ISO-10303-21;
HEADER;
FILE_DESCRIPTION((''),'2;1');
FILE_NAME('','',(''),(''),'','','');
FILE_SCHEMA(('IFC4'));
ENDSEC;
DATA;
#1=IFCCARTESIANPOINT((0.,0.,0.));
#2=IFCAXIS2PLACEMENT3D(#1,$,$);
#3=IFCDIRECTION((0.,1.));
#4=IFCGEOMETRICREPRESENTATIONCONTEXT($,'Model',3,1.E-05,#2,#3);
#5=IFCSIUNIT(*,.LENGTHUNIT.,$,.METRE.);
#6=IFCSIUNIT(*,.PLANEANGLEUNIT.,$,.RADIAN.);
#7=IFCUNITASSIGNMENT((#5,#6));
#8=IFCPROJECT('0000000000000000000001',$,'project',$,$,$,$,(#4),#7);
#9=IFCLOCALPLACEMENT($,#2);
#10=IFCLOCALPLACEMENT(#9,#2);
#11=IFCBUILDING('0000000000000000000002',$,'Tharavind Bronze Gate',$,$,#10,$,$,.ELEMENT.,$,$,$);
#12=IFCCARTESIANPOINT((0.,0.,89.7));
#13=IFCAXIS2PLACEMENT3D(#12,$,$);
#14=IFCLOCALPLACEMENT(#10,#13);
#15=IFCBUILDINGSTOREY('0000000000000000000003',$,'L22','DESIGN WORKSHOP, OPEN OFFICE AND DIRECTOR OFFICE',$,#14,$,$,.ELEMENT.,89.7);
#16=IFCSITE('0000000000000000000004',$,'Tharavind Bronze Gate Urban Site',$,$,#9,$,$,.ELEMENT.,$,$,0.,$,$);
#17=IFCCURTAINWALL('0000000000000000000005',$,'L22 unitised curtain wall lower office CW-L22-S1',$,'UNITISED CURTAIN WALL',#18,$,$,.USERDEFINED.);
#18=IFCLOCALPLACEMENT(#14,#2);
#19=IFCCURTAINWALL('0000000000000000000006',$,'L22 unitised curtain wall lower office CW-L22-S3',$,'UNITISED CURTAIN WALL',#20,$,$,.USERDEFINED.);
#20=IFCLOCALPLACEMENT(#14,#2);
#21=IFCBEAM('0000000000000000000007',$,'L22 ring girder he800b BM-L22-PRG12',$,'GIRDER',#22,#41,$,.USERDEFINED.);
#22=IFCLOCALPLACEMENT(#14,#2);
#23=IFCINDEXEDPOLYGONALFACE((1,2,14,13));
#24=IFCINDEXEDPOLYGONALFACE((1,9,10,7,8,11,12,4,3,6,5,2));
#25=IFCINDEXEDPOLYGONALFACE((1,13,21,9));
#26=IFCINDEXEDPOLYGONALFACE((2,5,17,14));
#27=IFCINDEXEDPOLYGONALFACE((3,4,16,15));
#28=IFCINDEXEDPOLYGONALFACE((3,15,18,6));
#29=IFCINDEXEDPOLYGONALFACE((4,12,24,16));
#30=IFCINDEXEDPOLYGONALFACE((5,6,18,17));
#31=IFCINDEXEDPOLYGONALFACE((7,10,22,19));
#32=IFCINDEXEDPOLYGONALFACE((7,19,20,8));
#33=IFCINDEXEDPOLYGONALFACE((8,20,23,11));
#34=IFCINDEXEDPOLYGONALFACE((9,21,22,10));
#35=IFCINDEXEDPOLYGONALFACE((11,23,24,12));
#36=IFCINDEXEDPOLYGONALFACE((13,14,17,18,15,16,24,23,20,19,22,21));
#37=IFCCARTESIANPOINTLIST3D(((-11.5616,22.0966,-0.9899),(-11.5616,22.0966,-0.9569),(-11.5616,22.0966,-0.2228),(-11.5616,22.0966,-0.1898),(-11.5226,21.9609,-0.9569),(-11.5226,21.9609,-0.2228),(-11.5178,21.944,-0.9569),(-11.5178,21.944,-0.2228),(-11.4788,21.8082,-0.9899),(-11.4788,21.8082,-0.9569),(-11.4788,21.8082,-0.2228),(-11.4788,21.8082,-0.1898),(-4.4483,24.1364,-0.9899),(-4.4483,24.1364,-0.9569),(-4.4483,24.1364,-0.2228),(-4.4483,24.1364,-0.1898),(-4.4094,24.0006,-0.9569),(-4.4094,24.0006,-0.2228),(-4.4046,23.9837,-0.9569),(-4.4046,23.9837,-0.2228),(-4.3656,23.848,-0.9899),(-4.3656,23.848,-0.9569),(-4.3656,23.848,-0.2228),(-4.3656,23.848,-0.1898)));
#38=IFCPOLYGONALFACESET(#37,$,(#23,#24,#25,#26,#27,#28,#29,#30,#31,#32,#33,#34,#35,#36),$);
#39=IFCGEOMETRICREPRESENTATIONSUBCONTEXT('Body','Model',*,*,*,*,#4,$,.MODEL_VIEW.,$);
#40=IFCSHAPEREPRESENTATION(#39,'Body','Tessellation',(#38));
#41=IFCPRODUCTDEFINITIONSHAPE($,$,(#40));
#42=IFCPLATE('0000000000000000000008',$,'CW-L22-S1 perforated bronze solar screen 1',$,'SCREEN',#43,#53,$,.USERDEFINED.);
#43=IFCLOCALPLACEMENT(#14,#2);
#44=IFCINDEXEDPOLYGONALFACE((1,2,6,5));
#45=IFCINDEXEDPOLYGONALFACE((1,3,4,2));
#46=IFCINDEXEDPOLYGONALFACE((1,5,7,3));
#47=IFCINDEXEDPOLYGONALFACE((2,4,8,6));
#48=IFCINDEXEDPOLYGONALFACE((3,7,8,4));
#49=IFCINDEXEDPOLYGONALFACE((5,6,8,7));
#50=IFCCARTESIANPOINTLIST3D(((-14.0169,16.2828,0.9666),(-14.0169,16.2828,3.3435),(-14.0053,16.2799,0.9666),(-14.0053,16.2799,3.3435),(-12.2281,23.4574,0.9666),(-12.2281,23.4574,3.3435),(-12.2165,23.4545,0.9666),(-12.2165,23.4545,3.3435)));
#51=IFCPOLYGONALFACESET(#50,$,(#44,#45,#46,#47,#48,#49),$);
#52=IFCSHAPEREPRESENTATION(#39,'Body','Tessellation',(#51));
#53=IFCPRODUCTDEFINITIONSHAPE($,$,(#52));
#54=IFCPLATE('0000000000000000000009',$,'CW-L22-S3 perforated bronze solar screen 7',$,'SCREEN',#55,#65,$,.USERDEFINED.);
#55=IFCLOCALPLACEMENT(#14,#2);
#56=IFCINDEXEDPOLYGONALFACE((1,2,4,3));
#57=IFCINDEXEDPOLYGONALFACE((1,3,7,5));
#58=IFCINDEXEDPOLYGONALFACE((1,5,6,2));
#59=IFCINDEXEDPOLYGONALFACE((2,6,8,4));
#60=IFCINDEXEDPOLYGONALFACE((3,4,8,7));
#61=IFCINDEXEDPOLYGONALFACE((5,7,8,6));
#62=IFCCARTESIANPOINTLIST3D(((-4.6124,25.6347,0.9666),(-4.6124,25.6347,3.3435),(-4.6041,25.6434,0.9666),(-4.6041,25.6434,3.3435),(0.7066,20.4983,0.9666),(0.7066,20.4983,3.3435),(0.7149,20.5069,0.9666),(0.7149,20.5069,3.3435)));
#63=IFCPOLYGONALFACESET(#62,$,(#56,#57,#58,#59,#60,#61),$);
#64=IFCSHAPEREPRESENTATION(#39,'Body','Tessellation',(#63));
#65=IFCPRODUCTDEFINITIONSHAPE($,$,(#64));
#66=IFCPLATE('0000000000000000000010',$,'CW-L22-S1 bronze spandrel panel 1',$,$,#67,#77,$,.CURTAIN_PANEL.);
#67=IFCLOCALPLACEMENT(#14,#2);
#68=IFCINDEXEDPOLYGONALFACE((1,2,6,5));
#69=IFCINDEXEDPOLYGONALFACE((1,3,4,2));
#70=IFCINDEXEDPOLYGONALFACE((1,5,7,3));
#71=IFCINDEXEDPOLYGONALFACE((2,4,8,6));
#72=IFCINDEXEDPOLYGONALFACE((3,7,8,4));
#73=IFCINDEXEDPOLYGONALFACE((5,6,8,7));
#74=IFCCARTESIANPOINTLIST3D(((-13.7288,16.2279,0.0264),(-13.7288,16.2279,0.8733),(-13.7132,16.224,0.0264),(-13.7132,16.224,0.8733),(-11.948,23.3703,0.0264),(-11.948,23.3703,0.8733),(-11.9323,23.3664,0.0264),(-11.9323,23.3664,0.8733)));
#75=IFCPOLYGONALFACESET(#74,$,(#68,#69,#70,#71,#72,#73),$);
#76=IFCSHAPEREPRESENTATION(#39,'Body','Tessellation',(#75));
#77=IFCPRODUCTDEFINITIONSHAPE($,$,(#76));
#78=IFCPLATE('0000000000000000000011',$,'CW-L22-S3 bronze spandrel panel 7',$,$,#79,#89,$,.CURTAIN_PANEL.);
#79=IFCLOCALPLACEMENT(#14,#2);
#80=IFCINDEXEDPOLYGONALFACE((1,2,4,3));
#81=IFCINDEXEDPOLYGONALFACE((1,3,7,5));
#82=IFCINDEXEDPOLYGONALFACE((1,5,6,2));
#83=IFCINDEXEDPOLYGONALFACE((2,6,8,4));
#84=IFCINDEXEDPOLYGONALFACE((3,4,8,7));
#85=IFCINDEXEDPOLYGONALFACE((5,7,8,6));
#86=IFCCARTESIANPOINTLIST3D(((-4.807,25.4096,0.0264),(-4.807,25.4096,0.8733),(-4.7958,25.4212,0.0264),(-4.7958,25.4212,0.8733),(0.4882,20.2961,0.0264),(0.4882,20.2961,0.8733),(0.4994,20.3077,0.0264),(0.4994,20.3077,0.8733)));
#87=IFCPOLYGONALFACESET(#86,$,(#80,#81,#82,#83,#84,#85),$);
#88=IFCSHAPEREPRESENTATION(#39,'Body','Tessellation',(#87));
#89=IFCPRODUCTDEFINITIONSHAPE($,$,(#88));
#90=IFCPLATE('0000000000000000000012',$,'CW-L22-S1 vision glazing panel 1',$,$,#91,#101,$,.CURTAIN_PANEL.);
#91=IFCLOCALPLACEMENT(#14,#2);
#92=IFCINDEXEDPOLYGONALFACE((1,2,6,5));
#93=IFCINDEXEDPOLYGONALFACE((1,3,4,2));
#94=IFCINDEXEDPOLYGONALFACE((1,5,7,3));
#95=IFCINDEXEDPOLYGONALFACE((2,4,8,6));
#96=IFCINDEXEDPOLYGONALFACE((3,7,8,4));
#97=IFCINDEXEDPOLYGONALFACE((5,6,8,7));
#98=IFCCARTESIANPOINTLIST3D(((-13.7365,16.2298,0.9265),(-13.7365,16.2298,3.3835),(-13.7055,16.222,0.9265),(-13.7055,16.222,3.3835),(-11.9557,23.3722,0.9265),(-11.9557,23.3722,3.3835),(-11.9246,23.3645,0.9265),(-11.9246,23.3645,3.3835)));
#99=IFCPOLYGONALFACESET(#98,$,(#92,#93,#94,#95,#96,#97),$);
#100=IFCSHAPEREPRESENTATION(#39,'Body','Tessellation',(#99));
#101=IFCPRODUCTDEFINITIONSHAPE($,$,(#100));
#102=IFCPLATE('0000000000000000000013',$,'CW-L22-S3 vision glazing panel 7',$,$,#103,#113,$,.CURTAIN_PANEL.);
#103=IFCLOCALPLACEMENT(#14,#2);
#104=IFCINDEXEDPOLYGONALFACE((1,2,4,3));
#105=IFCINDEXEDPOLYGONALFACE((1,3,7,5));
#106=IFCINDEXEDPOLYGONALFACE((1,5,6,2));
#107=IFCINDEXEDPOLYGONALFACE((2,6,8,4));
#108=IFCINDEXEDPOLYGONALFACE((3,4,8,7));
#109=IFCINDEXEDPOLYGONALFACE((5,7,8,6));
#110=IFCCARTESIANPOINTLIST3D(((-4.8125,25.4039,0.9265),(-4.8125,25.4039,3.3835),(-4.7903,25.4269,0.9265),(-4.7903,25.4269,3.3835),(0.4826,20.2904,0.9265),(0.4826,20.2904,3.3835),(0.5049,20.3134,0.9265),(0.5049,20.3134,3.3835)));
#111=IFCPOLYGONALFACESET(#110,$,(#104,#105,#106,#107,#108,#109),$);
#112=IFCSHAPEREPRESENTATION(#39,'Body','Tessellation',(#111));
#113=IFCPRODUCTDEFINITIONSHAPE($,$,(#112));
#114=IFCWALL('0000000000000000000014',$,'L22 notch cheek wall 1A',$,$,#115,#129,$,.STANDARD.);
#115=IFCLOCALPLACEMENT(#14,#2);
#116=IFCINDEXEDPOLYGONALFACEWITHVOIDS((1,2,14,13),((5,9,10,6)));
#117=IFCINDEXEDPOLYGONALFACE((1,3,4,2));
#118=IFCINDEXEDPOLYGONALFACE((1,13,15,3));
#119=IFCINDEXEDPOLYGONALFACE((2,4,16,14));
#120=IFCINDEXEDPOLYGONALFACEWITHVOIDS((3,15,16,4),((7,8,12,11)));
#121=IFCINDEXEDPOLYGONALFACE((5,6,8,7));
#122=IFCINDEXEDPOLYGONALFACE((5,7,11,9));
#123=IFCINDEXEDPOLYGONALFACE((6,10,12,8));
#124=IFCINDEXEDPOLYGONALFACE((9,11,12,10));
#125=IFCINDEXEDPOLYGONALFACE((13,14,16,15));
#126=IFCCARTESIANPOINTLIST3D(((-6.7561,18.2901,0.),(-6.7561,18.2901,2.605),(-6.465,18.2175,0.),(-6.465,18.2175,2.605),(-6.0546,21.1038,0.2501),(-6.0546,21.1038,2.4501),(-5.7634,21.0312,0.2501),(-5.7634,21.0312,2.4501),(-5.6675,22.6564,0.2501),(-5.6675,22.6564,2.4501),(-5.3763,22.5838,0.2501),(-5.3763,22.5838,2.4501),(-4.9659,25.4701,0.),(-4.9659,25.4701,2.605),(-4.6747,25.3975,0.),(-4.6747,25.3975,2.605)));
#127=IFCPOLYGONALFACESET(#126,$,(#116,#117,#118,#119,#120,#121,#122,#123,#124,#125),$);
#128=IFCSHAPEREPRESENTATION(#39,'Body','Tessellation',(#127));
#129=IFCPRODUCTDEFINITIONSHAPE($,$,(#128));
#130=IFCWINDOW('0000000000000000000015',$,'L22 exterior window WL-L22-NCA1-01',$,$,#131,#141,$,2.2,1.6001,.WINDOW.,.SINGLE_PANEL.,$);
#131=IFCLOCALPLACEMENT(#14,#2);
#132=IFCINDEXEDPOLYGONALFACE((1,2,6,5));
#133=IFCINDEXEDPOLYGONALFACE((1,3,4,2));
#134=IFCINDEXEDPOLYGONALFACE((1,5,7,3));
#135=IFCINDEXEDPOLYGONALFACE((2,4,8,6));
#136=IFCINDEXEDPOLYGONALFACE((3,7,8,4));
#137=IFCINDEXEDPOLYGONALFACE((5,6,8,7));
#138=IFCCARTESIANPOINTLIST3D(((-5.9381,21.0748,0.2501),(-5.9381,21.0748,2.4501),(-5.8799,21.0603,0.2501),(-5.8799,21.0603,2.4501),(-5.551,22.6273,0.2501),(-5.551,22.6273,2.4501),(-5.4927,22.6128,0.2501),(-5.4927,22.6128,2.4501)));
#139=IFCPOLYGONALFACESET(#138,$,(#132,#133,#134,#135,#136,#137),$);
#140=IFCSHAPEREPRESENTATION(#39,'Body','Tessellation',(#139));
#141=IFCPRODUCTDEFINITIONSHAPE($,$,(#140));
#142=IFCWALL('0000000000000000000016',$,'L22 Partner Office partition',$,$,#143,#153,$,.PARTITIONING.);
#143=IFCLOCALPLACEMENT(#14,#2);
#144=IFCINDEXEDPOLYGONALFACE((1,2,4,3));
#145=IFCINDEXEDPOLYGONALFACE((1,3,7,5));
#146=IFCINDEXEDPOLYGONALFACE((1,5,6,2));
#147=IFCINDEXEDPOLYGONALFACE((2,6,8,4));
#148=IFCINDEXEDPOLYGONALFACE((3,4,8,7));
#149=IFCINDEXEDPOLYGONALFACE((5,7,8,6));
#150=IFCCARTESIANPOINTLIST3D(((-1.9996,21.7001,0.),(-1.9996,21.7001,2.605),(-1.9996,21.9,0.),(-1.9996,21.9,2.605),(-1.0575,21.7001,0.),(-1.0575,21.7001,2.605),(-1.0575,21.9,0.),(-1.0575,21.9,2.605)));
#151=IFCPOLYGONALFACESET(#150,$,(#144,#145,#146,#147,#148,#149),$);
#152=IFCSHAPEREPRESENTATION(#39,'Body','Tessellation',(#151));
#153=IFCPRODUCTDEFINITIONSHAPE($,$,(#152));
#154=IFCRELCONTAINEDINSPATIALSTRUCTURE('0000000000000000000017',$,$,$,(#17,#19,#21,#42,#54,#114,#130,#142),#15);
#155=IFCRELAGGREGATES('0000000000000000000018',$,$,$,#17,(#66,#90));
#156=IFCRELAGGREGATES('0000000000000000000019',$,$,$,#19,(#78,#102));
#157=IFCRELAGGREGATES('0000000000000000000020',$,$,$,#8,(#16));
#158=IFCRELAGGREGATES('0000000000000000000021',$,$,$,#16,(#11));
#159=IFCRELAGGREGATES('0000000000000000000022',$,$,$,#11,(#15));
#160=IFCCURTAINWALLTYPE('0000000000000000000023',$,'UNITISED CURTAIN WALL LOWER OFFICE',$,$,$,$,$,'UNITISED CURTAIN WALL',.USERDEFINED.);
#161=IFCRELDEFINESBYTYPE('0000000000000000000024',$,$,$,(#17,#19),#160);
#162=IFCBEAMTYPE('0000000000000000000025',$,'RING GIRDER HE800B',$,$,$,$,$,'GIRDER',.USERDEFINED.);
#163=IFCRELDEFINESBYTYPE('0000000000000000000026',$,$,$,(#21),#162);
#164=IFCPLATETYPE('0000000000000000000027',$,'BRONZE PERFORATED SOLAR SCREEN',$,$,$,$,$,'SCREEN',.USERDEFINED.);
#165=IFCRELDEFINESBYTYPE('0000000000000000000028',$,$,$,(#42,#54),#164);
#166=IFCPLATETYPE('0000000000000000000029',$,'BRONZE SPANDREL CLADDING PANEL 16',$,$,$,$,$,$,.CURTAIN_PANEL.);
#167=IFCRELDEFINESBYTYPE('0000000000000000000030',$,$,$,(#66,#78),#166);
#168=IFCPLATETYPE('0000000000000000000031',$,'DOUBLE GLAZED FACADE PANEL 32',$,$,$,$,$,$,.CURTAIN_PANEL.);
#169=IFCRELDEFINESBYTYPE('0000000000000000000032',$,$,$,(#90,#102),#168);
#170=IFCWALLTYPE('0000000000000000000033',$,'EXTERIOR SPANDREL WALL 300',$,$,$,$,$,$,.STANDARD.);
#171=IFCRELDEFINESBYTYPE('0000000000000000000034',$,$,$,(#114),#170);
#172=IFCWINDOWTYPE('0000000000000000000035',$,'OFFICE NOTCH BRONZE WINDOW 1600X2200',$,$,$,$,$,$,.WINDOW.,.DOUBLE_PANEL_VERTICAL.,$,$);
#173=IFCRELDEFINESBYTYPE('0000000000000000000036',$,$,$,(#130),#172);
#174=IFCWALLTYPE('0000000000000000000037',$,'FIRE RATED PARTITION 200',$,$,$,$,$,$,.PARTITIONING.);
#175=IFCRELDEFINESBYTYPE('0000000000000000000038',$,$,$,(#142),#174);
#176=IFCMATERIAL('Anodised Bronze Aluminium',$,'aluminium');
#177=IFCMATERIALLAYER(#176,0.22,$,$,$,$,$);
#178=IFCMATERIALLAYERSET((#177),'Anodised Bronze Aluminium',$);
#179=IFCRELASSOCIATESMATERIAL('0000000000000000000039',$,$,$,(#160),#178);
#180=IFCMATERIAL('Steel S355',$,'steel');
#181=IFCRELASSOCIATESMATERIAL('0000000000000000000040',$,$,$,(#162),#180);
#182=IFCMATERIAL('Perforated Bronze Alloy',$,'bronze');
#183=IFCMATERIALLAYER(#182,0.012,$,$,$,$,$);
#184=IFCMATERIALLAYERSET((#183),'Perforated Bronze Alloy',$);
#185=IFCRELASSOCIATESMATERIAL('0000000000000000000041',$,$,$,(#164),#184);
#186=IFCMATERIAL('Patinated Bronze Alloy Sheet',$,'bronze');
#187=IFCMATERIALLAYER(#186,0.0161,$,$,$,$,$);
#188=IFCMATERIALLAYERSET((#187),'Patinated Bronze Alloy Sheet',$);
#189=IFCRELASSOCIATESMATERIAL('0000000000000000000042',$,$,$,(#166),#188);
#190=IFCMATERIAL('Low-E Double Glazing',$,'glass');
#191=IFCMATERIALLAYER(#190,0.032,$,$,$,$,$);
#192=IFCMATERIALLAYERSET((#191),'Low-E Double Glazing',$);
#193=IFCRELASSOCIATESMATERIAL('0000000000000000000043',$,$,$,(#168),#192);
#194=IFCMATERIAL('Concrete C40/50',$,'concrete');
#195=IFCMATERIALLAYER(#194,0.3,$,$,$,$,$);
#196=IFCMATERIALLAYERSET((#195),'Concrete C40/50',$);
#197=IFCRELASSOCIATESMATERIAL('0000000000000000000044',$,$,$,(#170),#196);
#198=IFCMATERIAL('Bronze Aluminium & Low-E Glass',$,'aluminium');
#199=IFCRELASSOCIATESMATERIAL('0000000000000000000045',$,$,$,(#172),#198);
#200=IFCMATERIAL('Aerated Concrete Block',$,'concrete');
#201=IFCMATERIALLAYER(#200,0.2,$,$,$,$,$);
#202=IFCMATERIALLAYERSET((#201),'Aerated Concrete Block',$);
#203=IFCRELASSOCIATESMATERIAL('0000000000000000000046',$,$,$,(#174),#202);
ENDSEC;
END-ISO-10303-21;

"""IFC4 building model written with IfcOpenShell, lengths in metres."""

from ifc_helpers import new_model, si_unit, direction, frame, frame_2d, origin, origin_2d, place, context, subcontext, project, spatial, rectangle, i_section, extrude, material, layer, layer_set, material_profile, profile_set, type_object, element, fill, aggregate, save


model = new_model("IFC4")

# Units and contexts
model_context = context("Model", 3, precision=1e-05, world=origin(), true_north=direction((0.0, 1.0)))
body_context = subcontext(model_context, "Body", "Model", "MODEL_VIEW")
ifc_project = project(units=[si_unit("LENGTHUNIT", "METRE"), si_unit("PLANEANGLEUNIT", "RADIAN")], contexts=[model_context])

# Site, building, storey
site_placement = place(None, origin())
site = spatial("IfcSite", under=ifc_project, at=site_placement, Name="Tharavind Bronze Gate Urban Site", CompositionType="ELEMENT", RefElevation=0.0)
building_placement = place(site_placement, origin())
building = spatial("IfcBuilding", under=site, at=building_placement, Name="Tharavind Bronze Gate", CompositionType="ELEMENT")
storey_placement = place(building_placement, frame((0.0, 0.0, 89.7)))
storey = spatial("IfcBuildingStorey", under=building, at=storey_placement, Name="L22", Description="DESIGN WORKSHOP, OPEN OFFICE AND DIRECTOR OFFICE", CompositionType="ELEMENT", Elevation=89.7)

# Curtain walls
ifc_material_1 = material(Name="Anodised Bronze Aluminium", Category="aluminium")
ifc_layer_1 = layer(ifc_material_1, 0.22)
ifc_layer_set_1 = layer_set([ifc_layer_1], Name="Anodised Bronze Aluminium")
curtain_wall_type = type_object("IfcCurtainWallType", Name="UNITISED CURTAIN WALL LOWER OFFICE", ElementType="UNITISED CURTAIN WALL", PredefinedType="USERDEFINED", material=ifc_layer_set_1)
curtain_wall_1_placement = place(storey_placement, origin())
curtain_wall_1 = element("IfcCurtainWall", 1, at=curtain_wall_1_placement, inside=storey, type_object=curtain_wall_type, Name="L22 unitised curtain wall lower office CW-L22-S1", ObjectType="UNITISED CURTAIN WALL", PredefinedType="USERDEFINED")
curtain_wall_2_placement = place(storey_placement, origin())
curtain_wall_2 = element("IfcCurtainWall", 2, at=curtain_wall_2_placement, inside=storey, type_object=curtain_wall_type, Name="L22 unitised curtain wall lower office CW-L22-S3", ObjectType="UNITISED CURTAIN WALL", PredefinedType="USERDEFINED")

# Beam
ifc_material_2 = material(Name="Steel S355", Category="steel")
ifc_material_profile_1 = material_profile(ifc_material_2, i_section(OverallWidth=0.3, OverallDepth=0.8, WebThickness=0.0176, FlangeThickness=0.033, at=origin_2d()), Name="HE800B")
ifc_profile_set_1 = profile_set([ifc_material_profile_1], Name="Steel S355")
beam_type_1 = type_object("IfcBeamType", Name="RING GIRDER HE800B", ElementType="GIRDER", PredefinedType="USERDEFINED", material=ifc_profile_set_1)
beam_1_placement = place(storey_placement, frame((-4.407, 23.9922, -0.5898), z_axis=(-0.961258, -0.275649, 0.0), x_axis=(0.275649, -0.961258, 0.0)))
element("IfcBeam", 3, at=beam_1_placement, inside=storey, type_object=beam_type_1, Name="L22 ring girder he800b BM-L22-PRG12", ObjectType="GIRDER", PredefinedType="USERDEFINED", context=body_context, shape_type="SweptSolid", body=[
    extrude(i_section(OverallWidth=0.3, OverallDepth=0.8, WebThickness=0.0176, FlangeThickness=0.033, at=origin_2d()), origin(), (0.0, 0.0, 1.0), 7.3999),
])

# Plates
ifc_material_3 = material(Name="Perforated Bronze Alloy", Category="bronze")
ifc_layer_2 = layer(ifc_material_3, 0.012)
ifc_layer_set_2 = layer_set([ifc_layer_2], Name="Perforated Bronze Alloy")
plate_type_1 = type_object("IfcPlateType", Name="BRONZE PERFORATED SOLAR SCREEN", ElementType="SCREEN", PredefinedType="USERDEFINED", material=ifc_layer_set_2)
for number, where, z_axis, x_axis, name in (
    (4, (-13.1167, 19.8687, 0.9666), (0.0, 0.0, 1.0), (-0.241922, -0.970296, 0.0), "CW-L22-S1 perforated bronze solar screen 1"),
    (5, (-1.9487, 23.0708, 0.9666), (0.0, 0.0, 1.0), (-0.719341, 0.694657, 0.0), "CW-L22-S3 perforated bronze solar screen 7"),
):
    element("IfcPlate", number, at=place(storey_placement, frame(where, z_axis=z_axis, x_axis=x_axis)), inside=storey, type_object=plate_type_1, Name=name, ObjectType="SCREEN", PredefinedType="USERDEFINED", context=body_context, shape_type="SweptSolid", body=[
        extrude(rectangle(XDim=7.3943, YDim=0.012, at=origin_2d()), origin(), (0.0, 0.0, 1.0), 2.377),
    ])

# Plates
ifc_material_4 = material(Name="Patinated Bronze Alloy Sheet", Category="bronze")
ifc_layer_3 = layer(ifc_material_4, 0.0161)
ifc_layer_set_3 = layer_set([ifc_layer_3], Name="Patinated Bronze Alloy Sheet")
plate_type_2 = type_object("IfcPlateType", Name="BRONZE SPANDREL CLADDING PANEL 16", PredefinedType="CURTAIN_PANEL", material=ifc_layer_set_3)
plate_1_placement = place(storey_placement, frame((-12.8306, 19.7971, 0.0264), z_axis=(0.0, 0.0, 1.0), x_axis=(-0.241922, -0.970296, 0.0)))
plate_1 = element("IfcPlate", 6, at=plate_1_placement, type_object=plate_type_2, Name="CW-L22-S1 bronze spandrel panel 1", PredefinedType="CURTAIN_PANEL", context=body_context, shape_type="SweptSolid", body=[
    extrude(rectangle(XDim=7.3611, YDim=0.0161, at=origin_2d()), origin(), (0.0, 0.0, 1.0), 0.8469),
])
plate_2_placement = place(storey_placement, frame((-2.1538, 22.8586, 0.0264), z_axis=(0.0, 0.0, 1.0), x_axis=(-0.719341, 0.694657, 0.0)))
plate_2 = element("IfcPlate", 7, at=plate_2_placement, type_object=plate_type_2, Name="CW-L22-S3 bronze spandrel panel 7", PredefinedType="CURTAIN_PANEL", context=body_context, shape_type="SweptSolid", body=[
    extrude(rectangle(XDim=7.3611, YDim=0.0161, at=origin_2d()), origin(), (0.0, 0.0, 1.0), 0.8469),
])
ifc_material_5 = material(Name="Low-E Double Glazing", Category="glass")
ifc_layer_4 = layer(ifc_material_5, 0.032)
ifc_layer_set_4 = layer_set([ifc_layer_4], Name="Low-E Double Glazing")
plate_type_3 = type_object("IfcPlateType", Name="DOUBLE GLAZED FACADE PANEL 32", PredefinedType="CURTAIN_PANEL", material=ifc_layer_set_4)
plate_3_placement = place(storey_placement, frame((-12.8306, 19.7971, 0.9265), z_axis=(0.0, 0.0, 1.0), x_axis=(-0.241922, -0.970296, 0.0)))
plate_3 = element("IfcPlate", 8, at=plate_3_placement, type_object=plate_type_3, Name="CW-L22-S1 vision glazing panel 1", PredefinedType="CURTAIN_PANEL", context=body_context, shape_type="SweptSolid", body=[
    extrude(rectangle(XDim=7.3611, YDim=0.032, at=origin_2d()), origin(), (0.0, 0.0, 1.0), 2.457),
])
aggregate(curtain_wall_1, [plate_1, plate_3])
plate_4_placement = place(storey_placement, frame((-2.1538, 22.8586, 0.9265), z_axis=(0.0, 0.0, 1.0), x_axis=(-0.719341, 0.694657, 0.0)))
plate_4 = element("IfcPlate", 9, at=plate_4_placement, type_object=plate_type_3, Name="CW-L22-S3 vision glazing panel 7", PredefinedType="CURTAIN_PANEL", context=body_context, shape_type="SweptSolid", body=[
    extrude(rectangle(XDim=7.3611, YDim=0.032, at=origin_2d()), origin(), (0.0, 0.0, 1.0), 2.457),
])
aggregate(curtain_wall_2, [plate_2, plate_4])

# Wall, opening, window
ifc_material_6 = material(Name="Concrete C40/50", Category="concrete")
ifc_layer_5 = layer(ifc_material_6, 0.3)
ifc_layer_set_5 = layer_set([ifc_layer_5], Name="Concrete C40/50")
wall_type_1 = type_object("IfcWallType", Name="EXTERIOR SPANDREL WALL 300", PredefinedType="STANDARD", material=ifc_layer_set_5)
wall_1_placement = place(storey_placement, frame((-4.8203, 25.4338, 0.0), z_axis=(0.0, 0.0, 1.0), x_axis=(-0.24193, -0.970294, 0.0)))
wall_1 = element("IfcWall", 10, at=wall_1_placement, inside=storey, type_object=wall_type_1, Name="L22 notch cheek wall 1A", PredefinedType="STANDARD", context=body_context, shape_type="SweptSolid", body=[
    extrude(rectangle(XDim=7.3999, YDim=0.3, at=frame_2d((3.7, 0.0))), origin(), (0.0, 0.0, 1.0), 2.605),
])
opening_1_placement = place(wall_1_placement, frame((2.8999, 0.0, 0.25)))
opening_1 = element("IfcOpeningElement", 11, at=opening_1_placement, cuts=wall_1, PredefinedType="OPENING", context=body_context, shape_type="SweptSolid", body=[
    extrude(rectangle(XDim=1.6001, YDim=2.2, at=frame_2d((0.8, 1.1001))), frame((0.0, 0.1599, 0.0), z_axis=(0.0, -1.0, 0.0), x_axis=(1.0, 0.0, 0.0)), (0.0, 0.0, 1.0), 0.32),
])
ifc_material_7 = material(Name="Bronze Aluminium & Low-E Glass", Category="aluminium")
window_type = type_object("IfcWindowType", Name="OFFICE NOTCH BRONZE WINDOW 1600X2200", PartitioningType="DOUBLE_PANEL_VERTICAL", PredefinedType="WINDOW", material=ifc_material_7)
window_placement = place(opening_1_placement, origin())
window = element("IfcWindow", 12, at=window_placement, inside=storey, type_object=window_type, Name="L22 exterior window WL-L22-NCA1-01", OverallHeight=2.2, OverallWidth=1.6001, PartitioningType="SINGLE_PANEL", PredefinedType="WINDOW", context=body_context, shape_type="SweptSolid", body=[
    extrude(rectangle(XDim=1.6001, YDim=2.2, at=frame_2d((0.8, 1.1001))), frame((0.0, 0.03, 0.0), z_axis=(0.0, -1.0, 0.0), x_axis=(1.0, 0.0, 0.0)), (0.0, 0.0, 1.0), 0.0601),
])
fill(opening_1, window)

# Wall
ifc_material_8 = material(Name="Aerated Concrete Block", Category="concrete")
ifc_layer_6 = layer(ifc_material_8, 0.2)
ifc_layer_set_6 = layer_set([ifc_layer_6], Name="Aerated Concrete Block")
wall_type_2 = type_object("IfcWallType", Name="FIRE RATED PARTITION 200", PredefinedType="PARTITIONING", material=ifc_layer_set_6)
wall_2_placement = place(storey_placement, frame((-1.0574, 21.8, 0.0), z_axis=(0.0, 0.0, 1.0), x_axis=(-1.0, 0.0, 0.0)))
element("IfcWall", 13, at=wall_2_placement, inside=storey, type_object=wall_type_2, Name="L22 Partner Office partition", PredefinedType="PARTITIONING", context=body_context, shape_type="SweptSolid", body=[
    extrude(rectangle(XDim=0.9421, YDim=0.2, at=frame_2d((0.4712, 0.0))), origin(), (0.0, 0.0, 1.0), 2.605),
])

save(model, "model.ifc")
